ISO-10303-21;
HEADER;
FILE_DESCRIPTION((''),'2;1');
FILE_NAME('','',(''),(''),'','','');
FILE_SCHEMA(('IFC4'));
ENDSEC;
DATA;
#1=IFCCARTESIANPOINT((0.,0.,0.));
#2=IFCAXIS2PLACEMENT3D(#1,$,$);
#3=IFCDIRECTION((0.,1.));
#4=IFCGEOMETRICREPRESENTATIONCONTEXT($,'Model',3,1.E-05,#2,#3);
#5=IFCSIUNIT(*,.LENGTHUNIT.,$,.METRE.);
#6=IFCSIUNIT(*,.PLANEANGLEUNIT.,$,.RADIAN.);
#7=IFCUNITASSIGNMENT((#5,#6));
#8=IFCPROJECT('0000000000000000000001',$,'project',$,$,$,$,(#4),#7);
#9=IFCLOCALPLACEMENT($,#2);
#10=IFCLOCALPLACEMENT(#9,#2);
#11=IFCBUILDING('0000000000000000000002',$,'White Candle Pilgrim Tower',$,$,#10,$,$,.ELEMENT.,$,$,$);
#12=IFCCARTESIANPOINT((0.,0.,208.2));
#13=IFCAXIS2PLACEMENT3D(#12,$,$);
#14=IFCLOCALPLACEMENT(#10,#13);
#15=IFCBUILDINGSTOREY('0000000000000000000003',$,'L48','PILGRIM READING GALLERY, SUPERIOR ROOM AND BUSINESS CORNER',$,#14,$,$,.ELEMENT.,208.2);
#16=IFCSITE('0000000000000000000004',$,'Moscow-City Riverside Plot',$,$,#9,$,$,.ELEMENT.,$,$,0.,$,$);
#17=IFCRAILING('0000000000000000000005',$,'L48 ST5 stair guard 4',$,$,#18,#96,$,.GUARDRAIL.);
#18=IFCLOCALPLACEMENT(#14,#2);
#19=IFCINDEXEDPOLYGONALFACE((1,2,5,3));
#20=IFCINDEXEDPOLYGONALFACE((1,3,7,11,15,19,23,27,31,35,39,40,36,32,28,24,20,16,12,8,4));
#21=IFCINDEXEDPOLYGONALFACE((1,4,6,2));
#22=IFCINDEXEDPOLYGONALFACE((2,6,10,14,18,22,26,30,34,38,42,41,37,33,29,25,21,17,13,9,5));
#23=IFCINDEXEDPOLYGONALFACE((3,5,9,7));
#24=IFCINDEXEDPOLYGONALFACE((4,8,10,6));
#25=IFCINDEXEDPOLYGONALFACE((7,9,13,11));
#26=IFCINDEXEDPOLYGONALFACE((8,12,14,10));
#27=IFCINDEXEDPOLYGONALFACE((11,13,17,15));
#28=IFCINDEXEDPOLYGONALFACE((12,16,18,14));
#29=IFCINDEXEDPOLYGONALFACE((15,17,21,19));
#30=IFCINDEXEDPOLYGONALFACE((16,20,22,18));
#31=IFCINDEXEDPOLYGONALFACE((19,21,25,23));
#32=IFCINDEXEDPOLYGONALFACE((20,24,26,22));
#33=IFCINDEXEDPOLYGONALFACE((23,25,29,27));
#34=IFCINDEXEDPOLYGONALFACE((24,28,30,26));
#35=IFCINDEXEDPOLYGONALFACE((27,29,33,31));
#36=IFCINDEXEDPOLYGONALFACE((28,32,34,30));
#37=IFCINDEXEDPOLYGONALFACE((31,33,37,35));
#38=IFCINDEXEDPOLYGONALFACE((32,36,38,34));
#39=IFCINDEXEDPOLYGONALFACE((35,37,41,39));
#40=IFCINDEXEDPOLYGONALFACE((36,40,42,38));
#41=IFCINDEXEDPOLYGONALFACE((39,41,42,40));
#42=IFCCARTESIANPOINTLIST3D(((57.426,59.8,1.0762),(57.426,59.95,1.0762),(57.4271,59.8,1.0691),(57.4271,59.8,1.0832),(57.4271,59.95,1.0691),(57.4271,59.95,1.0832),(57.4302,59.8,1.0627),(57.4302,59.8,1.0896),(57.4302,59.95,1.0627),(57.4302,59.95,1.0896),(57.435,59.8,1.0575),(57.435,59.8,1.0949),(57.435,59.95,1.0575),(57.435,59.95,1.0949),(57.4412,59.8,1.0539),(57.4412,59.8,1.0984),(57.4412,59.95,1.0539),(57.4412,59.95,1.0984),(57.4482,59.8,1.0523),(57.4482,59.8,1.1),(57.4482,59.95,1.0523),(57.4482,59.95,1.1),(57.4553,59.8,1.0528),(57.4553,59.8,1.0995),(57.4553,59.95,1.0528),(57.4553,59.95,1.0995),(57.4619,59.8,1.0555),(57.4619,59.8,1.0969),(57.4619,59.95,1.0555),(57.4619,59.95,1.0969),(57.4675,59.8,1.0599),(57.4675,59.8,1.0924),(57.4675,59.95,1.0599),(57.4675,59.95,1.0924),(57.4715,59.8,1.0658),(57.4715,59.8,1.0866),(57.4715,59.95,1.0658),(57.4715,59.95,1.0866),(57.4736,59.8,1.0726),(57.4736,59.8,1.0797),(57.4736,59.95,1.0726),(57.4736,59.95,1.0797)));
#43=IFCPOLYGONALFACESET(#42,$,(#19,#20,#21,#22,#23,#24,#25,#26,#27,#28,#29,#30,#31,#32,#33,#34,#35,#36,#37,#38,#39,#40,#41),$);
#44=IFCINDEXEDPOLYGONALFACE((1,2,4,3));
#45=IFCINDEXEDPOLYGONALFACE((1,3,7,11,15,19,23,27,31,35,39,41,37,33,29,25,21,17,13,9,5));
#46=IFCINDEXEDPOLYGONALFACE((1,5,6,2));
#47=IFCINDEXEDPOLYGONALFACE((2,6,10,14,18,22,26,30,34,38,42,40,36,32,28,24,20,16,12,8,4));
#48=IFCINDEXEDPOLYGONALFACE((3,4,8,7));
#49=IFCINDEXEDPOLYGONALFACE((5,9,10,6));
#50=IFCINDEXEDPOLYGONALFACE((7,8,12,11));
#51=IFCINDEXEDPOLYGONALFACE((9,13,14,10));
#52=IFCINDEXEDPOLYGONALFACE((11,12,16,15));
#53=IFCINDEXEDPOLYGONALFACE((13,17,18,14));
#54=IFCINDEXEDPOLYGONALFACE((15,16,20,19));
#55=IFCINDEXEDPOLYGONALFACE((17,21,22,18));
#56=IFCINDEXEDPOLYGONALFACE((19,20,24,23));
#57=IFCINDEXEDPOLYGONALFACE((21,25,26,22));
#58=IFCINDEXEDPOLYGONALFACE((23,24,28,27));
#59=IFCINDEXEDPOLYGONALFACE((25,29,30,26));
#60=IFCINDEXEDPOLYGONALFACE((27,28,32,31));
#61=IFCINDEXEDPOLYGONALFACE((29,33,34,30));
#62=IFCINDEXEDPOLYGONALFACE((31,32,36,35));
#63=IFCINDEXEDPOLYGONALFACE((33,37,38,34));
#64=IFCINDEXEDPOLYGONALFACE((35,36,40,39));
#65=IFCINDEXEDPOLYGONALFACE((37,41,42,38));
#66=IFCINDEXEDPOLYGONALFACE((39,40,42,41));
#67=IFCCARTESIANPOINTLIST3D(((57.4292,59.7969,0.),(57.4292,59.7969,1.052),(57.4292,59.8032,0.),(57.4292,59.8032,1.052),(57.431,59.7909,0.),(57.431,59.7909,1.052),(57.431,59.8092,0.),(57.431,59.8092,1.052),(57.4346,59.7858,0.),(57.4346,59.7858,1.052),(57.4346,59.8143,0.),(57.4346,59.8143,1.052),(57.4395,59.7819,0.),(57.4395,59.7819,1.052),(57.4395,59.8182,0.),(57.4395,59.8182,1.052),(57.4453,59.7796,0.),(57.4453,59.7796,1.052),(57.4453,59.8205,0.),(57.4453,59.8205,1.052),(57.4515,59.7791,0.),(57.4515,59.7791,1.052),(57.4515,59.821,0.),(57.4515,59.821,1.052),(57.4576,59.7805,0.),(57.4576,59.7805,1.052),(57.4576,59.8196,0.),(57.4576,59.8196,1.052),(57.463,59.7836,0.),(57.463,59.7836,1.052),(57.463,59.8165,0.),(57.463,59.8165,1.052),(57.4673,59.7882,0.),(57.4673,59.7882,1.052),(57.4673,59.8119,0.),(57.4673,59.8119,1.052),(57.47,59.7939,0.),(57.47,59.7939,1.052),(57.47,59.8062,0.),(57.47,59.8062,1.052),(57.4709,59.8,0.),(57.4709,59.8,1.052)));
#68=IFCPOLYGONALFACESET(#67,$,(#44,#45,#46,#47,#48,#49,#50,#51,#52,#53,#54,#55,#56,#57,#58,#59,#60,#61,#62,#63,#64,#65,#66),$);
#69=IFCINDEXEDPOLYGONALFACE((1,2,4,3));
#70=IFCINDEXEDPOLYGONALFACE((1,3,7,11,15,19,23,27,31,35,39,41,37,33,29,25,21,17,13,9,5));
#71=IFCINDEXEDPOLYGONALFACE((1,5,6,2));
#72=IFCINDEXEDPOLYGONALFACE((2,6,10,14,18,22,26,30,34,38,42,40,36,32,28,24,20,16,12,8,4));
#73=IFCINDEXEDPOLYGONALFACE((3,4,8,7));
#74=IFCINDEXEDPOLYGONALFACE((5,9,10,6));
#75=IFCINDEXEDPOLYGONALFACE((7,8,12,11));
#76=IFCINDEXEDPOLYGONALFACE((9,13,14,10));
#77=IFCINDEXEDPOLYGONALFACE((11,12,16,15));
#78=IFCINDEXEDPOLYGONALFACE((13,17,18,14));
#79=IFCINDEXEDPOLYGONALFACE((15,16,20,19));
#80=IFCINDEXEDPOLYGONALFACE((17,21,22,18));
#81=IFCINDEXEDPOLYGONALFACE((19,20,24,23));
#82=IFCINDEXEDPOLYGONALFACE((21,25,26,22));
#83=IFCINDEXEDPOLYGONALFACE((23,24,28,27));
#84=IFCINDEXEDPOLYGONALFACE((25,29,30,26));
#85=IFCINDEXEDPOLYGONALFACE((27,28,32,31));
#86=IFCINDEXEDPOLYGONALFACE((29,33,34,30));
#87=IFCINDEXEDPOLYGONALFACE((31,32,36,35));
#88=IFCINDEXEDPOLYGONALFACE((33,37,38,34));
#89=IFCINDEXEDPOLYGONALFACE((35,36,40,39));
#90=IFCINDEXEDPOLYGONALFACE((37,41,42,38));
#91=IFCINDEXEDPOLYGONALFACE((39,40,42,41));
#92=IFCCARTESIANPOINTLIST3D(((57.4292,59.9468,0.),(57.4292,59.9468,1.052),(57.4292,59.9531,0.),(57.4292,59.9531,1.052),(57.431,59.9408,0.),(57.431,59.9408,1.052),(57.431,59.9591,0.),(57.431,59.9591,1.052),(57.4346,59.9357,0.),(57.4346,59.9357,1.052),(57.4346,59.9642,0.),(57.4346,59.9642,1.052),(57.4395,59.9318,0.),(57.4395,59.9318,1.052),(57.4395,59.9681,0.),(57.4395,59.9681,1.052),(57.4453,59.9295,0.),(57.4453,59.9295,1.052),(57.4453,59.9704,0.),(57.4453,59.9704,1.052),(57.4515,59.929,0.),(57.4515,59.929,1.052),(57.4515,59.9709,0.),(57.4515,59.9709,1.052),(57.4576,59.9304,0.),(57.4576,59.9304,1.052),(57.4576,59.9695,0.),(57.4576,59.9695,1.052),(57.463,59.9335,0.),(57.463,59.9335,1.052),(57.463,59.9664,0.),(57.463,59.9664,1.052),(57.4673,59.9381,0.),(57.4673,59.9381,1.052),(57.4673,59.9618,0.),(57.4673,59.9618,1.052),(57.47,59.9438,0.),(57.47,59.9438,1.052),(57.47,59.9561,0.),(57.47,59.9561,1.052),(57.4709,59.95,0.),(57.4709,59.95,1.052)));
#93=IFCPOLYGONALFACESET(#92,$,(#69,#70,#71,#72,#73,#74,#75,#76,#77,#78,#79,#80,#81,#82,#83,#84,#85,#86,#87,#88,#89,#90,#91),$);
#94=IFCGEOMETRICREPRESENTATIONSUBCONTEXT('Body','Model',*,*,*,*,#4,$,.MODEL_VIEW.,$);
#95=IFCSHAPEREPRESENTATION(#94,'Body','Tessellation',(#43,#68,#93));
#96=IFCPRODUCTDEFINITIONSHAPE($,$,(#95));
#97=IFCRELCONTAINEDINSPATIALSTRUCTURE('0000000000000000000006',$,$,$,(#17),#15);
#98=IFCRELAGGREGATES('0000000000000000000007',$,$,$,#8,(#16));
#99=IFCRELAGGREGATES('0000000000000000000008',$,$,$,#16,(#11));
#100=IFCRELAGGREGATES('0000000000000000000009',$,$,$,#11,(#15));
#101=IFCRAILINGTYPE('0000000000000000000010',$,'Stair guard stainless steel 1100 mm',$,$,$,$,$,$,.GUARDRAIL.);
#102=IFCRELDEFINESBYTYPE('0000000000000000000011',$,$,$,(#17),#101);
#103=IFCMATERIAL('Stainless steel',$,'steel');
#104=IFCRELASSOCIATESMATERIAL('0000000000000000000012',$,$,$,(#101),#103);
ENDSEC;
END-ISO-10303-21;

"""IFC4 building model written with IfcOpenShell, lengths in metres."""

from ifc_helpers import new_model, si_unit, direction, frame, origin, origin_2d, place, context, subcontext, project, spatial, circle, extrude, material, type_object, element, save


model = new_model("IFC4")

# Units and contexts
model_context = context("Model", 3, precision=1e-05, world=origin(), true_north=direction((0.0, 1.0)))
body_context = subcontext(model_context, "Body", "Model", "MODEL_VIEW")
ifc_project = project(units=[si_unit("LENGTHUNIT", "METRE"), si_unit("PLANEANGLEUNIT", "RADIAN")], contexts=[model_context])

# Site, building, storey
site_placement = place(None, origin())
site = spatial("IfcSite", under=ifc_project, at=site_placement, Name="Moscow-City Riverside Plot", CompositionType="ELEMENT", RefElevation=0.0)
building_placement = place(site_placement, origin())
building = spatial("IfcBuilding", under=site, at=building_placement, Name="White Candle Pilgrim Tower", CompositionType="ELEMENT")
storey_placement = place(building_placement, frame((0.0, 0.0, 208.2)))
storey = spatial("IfcBuildingStorey", under=building, at=storey_placement, Name="L48", Description="PILGRIM READING GALLERY, SUPERIOR ROOM AND BUSINESS CORNER", CompositionType="ELEMENT", Elevation=208.2)

# Railing
ifc_material_1 = material(Name="Stainless steel", Category="steel")
railing_type_1 = type_object("IfcRailingType", Name="Stair guard stainless steel 1100 mm", PredefinedType="GUARDRAIL", material=ifc_material_1)
railing_1_placement = place(storey_placement, frame((57.45, 59.8, 0.0)))
element("IfcRailing", 1, at=railing_1_placement, inside=storey, type_object=railing_type_1, Name="L48 ST5 stair guard 4", PredefinedType="GUARDRAIL", context=body_context, shape_type="SweptSolid", body=[
    extrude(circle(Radius=0.0239, at=origin_2d()), frame((0.0, 0.0, 1.0762), z_axis=(0.0, 1.0, 0.0), x_axis=(-1.0, 0.0, 0.0)), (0.0, 0.0, 1.0), 0.1499),
    extrude(circle(Radius=0.021, at=origin_2d()), origin(), (0.0, 0.0, 1.0), 1.052),
    extrude(circle(Radius=0.021, at=origin_2d()), frame((0.0, 0.1499, 0.0)), (0.0, 0.0, 1.0), 1.052),
])

save(model, "model.ifc")
